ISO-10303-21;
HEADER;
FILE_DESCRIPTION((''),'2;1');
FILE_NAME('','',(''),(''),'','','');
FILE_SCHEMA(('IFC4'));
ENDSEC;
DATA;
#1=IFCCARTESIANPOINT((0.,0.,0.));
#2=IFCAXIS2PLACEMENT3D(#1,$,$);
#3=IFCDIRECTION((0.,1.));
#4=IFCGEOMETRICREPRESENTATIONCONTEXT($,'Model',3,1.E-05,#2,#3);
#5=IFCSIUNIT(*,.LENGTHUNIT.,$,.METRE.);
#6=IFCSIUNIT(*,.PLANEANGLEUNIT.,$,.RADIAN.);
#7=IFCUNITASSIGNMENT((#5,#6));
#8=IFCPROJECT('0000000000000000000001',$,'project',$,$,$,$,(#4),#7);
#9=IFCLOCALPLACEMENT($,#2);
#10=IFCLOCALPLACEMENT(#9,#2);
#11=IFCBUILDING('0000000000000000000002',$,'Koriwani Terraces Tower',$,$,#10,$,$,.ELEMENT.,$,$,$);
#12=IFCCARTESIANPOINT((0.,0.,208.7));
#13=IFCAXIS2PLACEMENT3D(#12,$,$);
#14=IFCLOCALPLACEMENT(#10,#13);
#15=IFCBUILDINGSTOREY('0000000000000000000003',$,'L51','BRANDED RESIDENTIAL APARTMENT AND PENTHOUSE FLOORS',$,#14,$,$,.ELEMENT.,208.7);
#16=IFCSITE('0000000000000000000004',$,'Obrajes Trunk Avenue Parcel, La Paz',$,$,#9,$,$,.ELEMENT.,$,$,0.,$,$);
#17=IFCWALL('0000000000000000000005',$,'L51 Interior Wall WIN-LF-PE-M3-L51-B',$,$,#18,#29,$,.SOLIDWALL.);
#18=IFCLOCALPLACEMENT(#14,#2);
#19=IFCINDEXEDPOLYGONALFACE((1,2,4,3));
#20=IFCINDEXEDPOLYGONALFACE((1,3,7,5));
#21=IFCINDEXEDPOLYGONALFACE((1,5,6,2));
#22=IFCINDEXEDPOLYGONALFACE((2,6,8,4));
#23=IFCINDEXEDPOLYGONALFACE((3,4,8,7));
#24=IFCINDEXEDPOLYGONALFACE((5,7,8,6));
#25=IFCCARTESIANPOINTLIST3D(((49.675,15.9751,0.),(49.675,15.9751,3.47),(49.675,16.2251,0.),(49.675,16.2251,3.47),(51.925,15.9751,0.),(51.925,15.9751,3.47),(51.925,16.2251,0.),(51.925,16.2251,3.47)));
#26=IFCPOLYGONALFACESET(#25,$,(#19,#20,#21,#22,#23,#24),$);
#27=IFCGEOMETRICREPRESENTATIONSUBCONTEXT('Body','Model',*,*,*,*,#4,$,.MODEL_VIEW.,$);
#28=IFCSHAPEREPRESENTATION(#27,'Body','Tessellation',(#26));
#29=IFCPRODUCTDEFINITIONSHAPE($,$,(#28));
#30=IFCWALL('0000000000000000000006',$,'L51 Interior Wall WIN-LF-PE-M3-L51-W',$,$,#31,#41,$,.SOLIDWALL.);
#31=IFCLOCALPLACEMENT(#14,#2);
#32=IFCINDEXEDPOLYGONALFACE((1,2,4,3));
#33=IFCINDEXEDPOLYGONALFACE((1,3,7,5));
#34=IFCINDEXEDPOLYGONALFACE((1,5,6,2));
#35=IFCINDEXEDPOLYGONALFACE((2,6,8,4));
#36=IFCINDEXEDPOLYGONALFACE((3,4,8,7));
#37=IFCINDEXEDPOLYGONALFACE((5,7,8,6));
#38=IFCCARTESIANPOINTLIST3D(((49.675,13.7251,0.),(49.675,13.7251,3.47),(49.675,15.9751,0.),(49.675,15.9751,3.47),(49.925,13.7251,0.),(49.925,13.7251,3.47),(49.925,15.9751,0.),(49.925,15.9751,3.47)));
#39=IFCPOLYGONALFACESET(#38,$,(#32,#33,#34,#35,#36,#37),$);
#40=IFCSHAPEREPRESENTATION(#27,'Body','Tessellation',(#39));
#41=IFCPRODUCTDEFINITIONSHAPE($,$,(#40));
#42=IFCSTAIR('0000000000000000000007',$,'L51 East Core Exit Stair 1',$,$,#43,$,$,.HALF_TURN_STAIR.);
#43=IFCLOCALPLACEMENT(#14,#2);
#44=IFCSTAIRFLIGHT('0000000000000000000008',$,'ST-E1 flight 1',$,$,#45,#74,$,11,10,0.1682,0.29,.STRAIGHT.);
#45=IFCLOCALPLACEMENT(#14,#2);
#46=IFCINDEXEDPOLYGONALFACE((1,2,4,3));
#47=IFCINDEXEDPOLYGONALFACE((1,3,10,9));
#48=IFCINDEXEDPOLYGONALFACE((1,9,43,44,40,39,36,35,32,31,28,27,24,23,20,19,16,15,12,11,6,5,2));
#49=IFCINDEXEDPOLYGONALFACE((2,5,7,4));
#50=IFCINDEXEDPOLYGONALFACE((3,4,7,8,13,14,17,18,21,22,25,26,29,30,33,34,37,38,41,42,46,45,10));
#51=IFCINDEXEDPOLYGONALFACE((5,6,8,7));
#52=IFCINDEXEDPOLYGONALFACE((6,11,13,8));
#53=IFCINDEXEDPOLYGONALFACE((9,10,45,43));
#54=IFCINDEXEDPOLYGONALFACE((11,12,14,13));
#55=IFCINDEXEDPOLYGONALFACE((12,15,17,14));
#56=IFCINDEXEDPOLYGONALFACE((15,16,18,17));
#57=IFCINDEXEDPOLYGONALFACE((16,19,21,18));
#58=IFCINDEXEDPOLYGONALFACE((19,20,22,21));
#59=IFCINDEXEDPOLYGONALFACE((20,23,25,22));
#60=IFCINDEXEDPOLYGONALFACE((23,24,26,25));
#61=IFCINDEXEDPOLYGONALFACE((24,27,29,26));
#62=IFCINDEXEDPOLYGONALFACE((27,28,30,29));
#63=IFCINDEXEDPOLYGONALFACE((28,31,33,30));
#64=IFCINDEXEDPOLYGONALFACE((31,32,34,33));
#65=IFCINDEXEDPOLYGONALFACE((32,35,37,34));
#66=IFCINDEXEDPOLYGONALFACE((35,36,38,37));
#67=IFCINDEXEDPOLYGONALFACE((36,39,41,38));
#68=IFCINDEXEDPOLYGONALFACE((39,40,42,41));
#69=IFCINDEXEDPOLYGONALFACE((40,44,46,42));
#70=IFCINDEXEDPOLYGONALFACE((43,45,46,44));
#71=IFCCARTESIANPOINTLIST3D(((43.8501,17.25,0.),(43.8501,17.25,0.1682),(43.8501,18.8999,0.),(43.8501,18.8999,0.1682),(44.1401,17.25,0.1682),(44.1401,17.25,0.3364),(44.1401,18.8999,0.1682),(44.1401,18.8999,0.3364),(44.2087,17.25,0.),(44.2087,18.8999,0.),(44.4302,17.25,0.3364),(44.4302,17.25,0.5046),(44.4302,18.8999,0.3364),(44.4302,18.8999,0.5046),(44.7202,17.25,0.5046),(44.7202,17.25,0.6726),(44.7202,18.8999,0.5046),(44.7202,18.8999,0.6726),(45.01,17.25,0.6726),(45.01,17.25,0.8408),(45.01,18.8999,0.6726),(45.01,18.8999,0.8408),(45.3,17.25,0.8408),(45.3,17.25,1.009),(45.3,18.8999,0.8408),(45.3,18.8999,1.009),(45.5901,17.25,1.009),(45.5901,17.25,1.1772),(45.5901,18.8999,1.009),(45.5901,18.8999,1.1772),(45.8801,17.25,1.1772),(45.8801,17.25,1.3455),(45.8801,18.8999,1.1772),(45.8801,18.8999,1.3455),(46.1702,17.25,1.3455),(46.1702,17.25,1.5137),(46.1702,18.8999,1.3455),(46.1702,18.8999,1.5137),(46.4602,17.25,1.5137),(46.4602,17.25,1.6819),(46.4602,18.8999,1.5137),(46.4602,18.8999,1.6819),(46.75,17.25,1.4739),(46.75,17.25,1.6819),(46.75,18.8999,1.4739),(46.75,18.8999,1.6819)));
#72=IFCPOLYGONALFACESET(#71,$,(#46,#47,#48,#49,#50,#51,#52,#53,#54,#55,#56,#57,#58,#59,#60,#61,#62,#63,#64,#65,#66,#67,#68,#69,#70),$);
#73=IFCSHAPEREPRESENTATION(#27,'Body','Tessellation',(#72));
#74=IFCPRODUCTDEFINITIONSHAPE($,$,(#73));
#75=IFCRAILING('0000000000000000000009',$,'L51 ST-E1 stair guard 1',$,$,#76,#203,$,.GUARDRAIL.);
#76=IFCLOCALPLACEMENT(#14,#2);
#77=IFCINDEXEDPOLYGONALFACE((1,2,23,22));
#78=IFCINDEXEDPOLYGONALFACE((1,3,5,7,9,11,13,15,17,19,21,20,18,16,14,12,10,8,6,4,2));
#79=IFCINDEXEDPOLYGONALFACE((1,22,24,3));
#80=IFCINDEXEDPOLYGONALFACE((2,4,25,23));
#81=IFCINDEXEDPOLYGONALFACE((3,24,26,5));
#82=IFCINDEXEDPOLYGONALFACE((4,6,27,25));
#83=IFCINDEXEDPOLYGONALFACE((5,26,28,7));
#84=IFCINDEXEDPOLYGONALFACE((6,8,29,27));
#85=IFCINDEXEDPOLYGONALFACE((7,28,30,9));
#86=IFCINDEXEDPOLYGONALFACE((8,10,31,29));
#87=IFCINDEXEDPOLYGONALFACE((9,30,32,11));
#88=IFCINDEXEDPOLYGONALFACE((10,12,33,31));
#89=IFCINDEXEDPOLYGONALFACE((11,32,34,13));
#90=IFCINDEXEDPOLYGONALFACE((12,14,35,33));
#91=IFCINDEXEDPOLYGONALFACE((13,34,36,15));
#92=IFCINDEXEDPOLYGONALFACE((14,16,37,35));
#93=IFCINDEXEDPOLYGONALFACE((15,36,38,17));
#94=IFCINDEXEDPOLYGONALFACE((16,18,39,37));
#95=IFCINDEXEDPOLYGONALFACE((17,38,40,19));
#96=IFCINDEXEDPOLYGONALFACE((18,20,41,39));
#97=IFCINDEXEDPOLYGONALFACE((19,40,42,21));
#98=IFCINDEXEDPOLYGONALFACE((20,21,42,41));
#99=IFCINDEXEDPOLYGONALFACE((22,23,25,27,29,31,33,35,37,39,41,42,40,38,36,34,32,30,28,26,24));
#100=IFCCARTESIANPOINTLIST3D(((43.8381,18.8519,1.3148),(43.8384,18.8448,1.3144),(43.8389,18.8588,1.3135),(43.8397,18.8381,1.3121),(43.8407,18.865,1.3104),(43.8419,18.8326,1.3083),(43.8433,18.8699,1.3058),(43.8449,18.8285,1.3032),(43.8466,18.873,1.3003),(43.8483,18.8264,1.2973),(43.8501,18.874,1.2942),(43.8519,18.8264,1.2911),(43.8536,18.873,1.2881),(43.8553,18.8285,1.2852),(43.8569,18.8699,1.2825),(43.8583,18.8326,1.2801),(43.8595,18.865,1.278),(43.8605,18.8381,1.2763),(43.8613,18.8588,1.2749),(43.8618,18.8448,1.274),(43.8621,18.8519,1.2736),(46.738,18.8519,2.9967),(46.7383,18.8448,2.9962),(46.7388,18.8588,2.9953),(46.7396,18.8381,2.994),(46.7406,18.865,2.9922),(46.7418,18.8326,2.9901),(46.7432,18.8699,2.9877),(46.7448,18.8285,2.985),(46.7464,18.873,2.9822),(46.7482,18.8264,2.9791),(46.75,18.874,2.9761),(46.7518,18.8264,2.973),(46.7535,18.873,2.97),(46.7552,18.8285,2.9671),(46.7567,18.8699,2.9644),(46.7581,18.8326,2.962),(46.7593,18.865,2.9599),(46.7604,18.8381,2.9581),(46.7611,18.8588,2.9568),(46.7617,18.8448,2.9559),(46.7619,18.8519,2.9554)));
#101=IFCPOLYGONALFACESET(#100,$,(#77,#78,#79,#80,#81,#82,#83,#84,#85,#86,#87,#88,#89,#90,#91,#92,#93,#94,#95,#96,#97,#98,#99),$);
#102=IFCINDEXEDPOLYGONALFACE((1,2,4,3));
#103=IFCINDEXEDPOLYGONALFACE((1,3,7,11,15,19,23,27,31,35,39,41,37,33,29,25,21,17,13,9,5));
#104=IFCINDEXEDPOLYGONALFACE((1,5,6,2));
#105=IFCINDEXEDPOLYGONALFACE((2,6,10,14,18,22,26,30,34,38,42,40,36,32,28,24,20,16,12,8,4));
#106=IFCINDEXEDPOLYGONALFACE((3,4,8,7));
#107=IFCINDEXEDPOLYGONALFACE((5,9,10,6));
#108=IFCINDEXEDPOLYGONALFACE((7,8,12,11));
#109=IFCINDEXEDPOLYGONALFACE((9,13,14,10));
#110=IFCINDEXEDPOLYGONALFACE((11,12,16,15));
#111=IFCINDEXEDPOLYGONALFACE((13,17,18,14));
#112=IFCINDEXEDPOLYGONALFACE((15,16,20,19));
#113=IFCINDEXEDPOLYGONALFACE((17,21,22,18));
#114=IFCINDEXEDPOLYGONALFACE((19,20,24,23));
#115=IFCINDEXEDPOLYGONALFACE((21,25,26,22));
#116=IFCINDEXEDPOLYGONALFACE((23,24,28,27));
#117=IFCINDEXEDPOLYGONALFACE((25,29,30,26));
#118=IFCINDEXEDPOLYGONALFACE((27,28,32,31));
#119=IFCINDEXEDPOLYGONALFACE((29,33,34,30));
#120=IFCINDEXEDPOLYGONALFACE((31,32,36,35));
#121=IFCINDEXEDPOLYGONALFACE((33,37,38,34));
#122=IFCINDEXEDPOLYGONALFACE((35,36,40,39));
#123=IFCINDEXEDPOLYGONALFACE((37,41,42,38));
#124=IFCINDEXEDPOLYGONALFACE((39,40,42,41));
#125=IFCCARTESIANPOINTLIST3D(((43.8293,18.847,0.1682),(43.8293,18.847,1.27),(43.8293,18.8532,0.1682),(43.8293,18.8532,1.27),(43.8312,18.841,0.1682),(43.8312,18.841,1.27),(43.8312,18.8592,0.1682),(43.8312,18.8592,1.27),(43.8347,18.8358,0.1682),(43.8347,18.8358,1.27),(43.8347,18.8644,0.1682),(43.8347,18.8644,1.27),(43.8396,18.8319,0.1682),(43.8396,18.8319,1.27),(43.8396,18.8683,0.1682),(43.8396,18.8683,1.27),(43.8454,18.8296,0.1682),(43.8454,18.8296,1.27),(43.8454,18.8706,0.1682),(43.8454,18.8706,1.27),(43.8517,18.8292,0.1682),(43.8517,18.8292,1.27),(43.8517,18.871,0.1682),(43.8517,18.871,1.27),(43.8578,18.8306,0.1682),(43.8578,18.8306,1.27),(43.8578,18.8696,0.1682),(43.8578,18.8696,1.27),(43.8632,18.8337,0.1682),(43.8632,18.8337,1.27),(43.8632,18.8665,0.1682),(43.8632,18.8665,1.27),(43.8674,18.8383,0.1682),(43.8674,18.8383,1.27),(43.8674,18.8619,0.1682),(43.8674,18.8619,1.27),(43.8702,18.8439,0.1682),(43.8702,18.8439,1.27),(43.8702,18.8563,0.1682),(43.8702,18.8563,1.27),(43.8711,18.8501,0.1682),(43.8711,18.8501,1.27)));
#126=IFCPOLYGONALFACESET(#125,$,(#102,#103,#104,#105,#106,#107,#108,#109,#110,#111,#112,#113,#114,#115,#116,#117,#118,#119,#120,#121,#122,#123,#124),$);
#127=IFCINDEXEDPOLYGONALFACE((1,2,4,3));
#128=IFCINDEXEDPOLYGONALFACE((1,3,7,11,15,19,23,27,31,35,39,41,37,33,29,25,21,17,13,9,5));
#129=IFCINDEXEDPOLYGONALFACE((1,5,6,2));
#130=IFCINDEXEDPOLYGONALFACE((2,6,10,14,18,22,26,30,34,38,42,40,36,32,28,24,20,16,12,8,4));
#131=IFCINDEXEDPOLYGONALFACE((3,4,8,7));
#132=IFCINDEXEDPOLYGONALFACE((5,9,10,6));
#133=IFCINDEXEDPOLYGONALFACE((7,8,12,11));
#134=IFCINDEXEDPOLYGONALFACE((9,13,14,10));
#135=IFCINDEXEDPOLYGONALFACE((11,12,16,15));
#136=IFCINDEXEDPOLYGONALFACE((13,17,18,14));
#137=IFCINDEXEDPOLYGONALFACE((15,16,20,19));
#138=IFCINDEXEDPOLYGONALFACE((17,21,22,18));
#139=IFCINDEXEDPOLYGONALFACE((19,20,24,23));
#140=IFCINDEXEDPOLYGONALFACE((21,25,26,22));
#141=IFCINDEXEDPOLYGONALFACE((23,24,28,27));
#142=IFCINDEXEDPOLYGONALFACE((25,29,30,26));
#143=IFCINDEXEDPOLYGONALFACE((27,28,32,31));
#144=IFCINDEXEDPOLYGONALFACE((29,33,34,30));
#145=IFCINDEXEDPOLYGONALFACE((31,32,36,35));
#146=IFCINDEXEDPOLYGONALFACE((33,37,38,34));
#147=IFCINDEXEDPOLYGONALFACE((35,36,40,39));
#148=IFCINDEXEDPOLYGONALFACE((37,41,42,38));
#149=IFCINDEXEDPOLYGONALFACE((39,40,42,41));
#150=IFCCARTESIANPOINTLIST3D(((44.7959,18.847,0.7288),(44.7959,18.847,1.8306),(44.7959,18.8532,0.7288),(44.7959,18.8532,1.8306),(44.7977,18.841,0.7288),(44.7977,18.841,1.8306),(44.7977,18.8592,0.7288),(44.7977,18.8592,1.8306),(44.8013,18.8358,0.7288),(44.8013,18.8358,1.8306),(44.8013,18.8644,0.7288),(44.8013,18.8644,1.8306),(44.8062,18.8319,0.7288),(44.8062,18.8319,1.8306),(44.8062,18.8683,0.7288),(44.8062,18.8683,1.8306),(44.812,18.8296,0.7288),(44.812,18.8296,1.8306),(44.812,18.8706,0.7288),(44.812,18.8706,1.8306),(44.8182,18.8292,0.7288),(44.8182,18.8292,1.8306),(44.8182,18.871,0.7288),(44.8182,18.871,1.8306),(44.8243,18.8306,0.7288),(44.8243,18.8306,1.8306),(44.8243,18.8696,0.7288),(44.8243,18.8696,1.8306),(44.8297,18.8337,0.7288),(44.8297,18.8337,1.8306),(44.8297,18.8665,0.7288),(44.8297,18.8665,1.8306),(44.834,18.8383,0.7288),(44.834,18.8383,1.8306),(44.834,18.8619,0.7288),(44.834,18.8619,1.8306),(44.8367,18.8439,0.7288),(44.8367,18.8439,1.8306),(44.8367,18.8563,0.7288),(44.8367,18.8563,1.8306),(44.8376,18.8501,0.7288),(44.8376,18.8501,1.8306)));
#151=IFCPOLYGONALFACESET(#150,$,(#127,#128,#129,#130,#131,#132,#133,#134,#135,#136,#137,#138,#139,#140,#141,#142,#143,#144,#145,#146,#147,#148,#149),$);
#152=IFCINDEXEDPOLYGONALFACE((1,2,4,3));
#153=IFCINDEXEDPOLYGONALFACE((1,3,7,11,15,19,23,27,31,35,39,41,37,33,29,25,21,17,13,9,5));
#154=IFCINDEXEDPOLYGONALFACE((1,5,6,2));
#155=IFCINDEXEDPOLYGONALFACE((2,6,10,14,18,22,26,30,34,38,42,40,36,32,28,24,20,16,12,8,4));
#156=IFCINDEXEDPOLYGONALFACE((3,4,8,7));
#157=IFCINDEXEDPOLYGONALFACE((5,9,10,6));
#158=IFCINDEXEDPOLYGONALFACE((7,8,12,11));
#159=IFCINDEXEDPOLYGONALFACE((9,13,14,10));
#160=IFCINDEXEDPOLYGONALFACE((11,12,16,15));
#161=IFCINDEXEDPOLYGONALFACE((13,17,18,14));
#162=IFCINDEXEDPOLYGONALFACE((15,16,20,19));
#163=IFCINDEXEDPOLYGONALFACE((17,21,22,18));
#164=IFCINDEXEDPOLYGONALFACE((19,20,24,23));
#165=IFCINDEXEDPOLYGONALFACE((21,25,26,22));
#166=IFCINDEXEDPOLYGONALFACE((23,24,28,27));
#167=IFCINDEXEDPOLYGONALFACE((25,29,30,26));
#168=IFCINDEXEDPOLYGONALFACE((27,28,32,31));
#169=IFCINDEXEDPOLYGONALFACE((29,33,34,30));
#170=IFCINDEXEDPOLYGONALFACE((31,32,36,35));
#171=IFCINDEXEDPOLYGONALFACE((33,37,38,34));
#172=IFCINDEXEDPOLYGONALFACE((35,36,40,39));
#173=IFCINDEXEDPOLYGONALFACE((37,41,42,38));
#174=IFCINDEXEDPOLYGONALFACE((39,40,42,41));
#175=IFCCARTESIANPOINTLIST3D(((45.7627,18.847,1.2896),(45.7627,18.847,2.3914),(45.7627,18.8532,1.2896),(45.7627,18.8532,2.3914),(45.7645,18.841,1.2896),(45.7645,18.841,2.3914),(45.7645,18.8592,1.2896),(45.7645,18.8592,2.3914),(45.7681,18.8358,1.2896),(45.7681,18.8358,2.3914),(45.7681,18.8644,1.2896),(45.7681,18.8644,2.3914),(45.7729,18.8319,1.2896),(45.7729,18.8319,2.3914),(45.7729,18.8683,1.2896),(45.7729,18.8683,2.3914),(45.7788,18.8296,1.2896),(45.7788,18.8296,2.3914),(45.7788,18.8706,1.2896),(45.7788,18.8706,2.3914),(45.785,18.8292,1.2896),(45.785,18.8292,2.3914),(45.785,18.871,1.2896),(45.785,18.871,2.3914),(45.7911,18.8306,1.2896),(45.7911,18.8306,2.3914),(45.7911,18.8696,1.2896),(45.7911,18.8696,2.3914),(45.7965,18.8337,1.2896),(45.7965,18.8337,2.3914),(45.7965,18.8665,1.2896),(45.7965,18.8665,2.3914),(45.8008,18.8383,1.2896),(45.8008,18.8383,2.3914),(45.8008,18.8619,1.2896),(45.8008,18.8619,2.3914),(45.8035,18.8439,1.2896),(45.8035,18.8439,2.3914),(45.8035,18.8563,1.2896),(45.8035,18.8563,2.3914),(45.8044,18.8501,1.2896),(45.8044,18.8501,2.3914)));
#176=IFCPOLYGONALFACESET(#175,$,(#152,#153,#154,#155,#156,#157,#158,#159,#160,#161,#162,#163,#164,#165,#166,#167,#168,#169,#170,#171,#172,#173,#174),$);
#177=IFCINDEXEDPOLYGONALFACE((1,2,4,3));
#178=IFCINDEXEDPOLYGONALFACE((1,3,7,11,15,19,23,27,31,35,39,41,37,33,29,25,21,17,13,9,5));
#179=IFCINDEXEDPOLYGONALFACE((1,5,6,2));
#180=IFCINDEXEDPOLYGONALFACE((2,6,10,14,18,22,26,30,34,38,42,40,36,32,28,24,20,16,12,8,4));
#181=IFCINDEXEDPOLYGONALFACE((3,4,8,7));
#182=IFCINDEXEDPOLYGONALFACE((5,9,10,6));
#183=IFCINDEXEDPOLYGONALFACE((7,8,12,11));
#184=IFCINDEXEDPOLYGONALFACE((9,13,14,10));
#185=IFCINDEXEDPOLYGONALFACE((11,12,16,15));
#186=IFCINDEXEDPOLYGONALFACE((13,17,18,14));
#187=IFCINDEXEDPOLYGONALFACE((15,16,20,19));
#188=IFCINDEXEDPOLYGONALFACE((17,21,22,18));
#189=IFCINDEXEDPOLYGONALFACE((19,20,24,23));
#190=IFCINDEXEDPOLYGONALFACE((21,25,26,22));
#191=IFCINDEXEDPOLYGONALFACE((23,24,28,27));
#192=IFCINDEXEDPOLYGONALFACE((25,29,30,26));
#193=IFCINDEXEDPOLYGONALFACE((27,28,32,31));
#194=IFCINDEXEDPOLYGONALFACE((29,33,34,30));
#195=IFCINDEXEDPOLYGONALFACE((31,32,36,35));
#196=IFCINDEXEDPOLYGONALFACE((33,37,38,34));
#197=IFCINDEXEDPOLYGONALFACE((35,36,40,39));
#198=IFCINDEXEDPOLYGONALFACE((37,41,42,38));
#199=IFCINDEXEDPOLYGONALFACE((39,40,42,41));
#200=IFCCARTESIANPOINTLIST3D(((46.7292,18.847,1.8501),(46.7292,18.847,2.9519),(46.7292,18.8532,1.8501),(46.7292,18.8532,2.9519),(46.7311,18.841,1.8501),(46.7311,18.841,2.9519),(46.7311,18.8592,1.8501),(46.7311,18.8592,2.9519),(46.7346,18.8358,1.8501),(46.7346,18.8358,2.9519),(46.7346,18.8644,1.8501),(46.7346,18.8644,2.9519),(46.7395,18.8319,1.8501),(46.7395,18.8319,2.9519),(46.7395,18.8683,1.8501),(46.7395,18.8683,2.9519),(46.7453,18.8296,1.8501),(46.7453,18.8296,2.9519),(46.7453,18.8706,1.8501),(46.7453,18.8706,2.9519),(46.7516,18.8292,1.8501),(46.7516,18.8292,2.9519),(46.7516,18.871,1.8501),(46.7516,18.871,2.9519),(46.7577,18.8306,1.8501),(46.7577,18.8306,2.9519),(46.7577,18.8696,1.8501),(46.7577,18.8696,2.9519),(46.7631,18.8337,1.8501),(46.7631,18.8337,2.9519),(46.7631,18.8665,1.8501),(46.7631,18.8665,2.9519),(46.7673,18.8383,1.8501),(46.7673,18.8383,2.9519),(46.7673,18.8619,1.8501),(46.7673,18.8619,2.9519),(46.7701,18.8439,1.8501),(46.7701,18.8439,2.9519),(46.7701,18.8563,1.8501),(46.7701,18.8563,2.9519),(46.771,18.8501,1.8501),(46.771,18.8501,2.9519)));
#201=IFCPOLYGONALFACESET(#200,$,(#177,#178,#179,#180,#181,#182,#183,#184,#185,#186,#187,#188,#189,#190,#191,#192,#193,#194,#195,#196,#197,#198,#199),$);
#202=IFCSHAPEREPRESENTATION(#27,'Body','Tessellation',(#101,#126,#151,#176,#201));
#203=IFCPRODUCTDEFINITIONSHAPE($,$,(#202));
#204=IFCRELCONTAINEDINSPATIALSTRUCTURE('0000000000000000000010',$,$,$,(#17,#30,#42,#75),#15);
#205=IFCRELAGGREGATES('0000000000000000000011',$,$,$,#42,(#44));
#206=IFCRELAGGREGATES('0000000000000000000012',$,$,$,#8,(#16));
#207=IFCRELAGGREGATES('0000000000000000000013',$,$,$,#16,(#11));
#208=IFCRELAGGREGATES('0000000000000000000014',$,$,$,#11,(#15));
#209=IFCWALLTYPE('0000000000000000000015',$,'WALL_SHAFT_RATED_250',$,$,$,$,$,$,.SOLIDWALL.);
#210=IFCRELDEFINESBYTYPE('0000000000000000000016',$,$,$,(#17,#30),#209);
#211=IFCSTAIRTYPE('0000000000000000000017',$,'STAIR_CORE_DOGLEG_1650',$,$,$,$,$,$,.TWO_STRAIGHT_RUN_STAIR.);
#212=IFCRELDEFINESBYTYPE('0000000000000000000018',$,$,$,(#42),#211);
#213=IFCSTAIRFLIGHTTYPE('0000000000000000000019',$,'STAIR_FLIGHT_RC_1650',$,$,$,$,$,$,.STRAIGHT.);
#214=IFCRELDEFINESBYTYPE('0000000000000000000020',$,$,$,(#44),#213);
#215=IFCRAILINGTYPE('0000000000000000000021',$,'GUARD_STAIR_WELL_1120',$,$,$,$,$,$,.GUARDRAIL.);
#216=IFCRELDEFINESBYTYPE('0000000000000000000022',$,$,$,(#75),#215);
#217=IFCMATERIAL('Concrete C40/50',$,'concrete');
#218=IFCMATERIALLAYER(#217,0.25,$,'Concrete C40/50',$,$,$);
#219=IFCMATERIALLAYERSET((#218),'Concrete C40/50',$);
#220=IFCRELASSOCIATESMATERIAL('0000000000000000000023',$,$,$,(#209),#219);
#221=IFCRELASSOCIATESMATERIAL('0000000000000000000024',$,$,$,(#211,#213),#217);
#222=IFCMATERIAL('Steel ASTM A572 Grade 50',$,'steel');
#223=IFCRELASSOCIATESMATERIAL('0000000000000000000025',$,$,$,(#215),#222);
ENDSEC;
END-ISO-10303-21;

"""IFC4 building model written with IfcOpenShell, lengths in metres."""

from ifc_helpers import new_model, si_unit, direction, frame, frame_2d, origin, origin_2d, place, context, subcontext, project, spatial, polyline, rectangle, circle, outline, extrude, material, layer, layer_set, type_object, element, aggregate, save


model = new_model("IFC4")

# Units and contexts
model_context = context("Model", 3, precision=1e-05, world=origin(), true_north=direction((0.0, 1.0)))
body_context = subcontext(model_context, "Body", "Model", "MODEL_VIEW")
ifc_project = project(units=[si_unit("LENGTHUNIT", "METRE"), si_unit("PLANEANGLEUNIT", "RADIAN")], contexts=[model_context])

# Site, building, storey
site_placement = place(None, origin())
site = spatial("IfcSite", under=ifc_project, at=site_placement, Name="Obrajes Trunk Avenue Parcel, La Paz", CompositionType="ELEMENT", RefElevation=0.0)
building_placement = place(site_placement, origin())
building = spatial("IfcBuilding", under=site, at=building_placement, Name="Koriwani Terraces Tower", CompositionType="ELEMENT")
storey_placement = place(building_placement, frame((0.0, 0.0, 208.7)))
storey = spatial("IfcBuildingStorey", under=building, at=storey_placement, Name="L51", Description="BRANDED RESIDENTIAL APARTMENT AND PENTHOUSE FLOORS", CompositionType="ELEMENT", Elevation=208.7)

# Shared definitions
ifc_material_1 = material(Name="Concrete C40/50", Category="concrete")
ifc_material_2 = material(Name="Steel ASTM A572 Grade 50", Category="steel")

# Shared definitions
ifc_layer_1 = layer(ifc_material_1, 0.25, Name="Concrete C40/50")
ifc_layer_set_1 = layer_set([ifc_layer_1], Name="Concrete C40/50")
wall_type_1 = type_object("IfcWallType", Name="WALL_SHAFT_RATED_250", PredefinedType="SOLIDWALL", material=ifc_layer_set_1)

# Walls
for number, where, z_axis, x_axis, name in (
    (1, (49.675, 16.1001, 0.0), (0.0, 0.0, 1.0), (1.0, 0.0, 0.0), "L51 Interior Wall WIN-LF-PE-M3-L51-B"),
    (2, (49.8, 13.7251, 0.0), (0.0, 0.0, 1.0), (0.0, 1.0, 0.0), "L51 Interior Wall WIN-LF-PE-M3-L51-W"),
):
    element("IfcWall", number, at=place(storey_placement, frame(where, z_axis=z_axis, x_axis=x_axis)), inside=storey, type_object=wall_type_1, Name=name, PredefinedType="SOLIDWALL", context=body_context, shape_type="SweptSolid", body=[
        extrude(rectangle(XDim=2.25, YDim=0.25, at=frame_2d((1.125, 0.0))), origin(), (0.0, 0.0, 1.0), 3.47),
    ])

# Stair, stair flight
stair_type = type_object("IfcStairType", Name="STAIR_CORE_DOGLEG_1650", PredefinedType="TWO_STRAIGHT_RUN_STAIR", material=ifc_material_1)
stair_placement = place(storey_placement, origin())
stair = element("IfcStair", 3, at=stair_placement, inside=storey, type_object=stair_type, Name="L51 East Core Exit Stair 1", PredefinedType="HALF_TURN_STAIR")
stair_flight_type = type_object("IfcStairFlightType", Name="STAIR_FLIGHT_RC_1650", PredefinedType="STRAIGHT", material=ifc_material_1)
stair_flight_placement = place(storey_placement, frame((43.8501, 18.075, 0.0), z_axis=(0.0, 0.0, 1.0), x_axis=(1.0, 0.0, 0.0)))
stair_flight = element("IfcStairFlight", 4, at=stair_flight_placement, type_object=stair_flight_type, Name="ST-E1 flight 1", NumberOfRisers=11, NumberOfTreads=10, PredefinedType="STRAIGHT", RiserHeight=0.1682, TreadLength=0.29, context=body_context, shape_type="SweptSolid", body=[
    extrude(outline(polyline([(0.0, 0.0), (0.0, 0.1682), (0.29, 0.1682), (0.29, 0.3364), (0.5801, 0.3364), (0.5801, 0.5046), (0.8701, 0.5046), (0.8701, 0.6726), (1.1599, 0.6726), (1.1599, 0.8408), (1.45, 0.8408), (1.45, 1.009), (1.74, 1.009), (1.74, 1.1772), (2.03, 1.1772), (2.03, 1.3455), (2.3201, 1.3455), (2.3201, 1.5137), (2.6101, 1.5137), (2.6101, 1.6819), (2.8999, 1.6819), (2.8999, 1.8501), (2.8999, 1.4739), (0.3586, 0.0), (0.0, 0.0)])), frame((0.0, 0.825, 0.0), z_axis=(0.0, -1.0, 0.0), x_axis=(1.0, 0.0, 0.0)), (0.0, 0.0, 1.0), 1.6499),
])
aggregate(stair, [stair_flight])

# Railing
railing_type_1 = type_object("IfcRailingType", Name="GUARD_STAIR_WELL_1120", PredefinedType="GUARDRAIL", material=ifc_material_2)
railing_1_placement = place(storey_placement, frame((43.8501, 18.8501, 0.1682)))
element("IfcRailing", 5, at=railing_1_placement, inside=storey, type_object=railing_type_1, Name="L51 ST-E1 stair guard 1", PredefinedType="GUARDRAIL", context=body_context, shape_type="SweptSolid", body=[
    extrude(circle(Radius=0.0239, at=origin_2d()), frame((0.0, 0.0, 1.126), z_axis=(0.865039, 0.0, 0.501705), x_axis=(0.0, 1.0, 0.0)), (0.0, 0.0, 1.0), 3.3523),
    extrude(circle(Radius=0.021, at=origin_2d()), origin(), (0.0, 0.0, 1.0), 1.1018),
    extrude(circle(Radius=0.021, at=origin_2d()), frame((0.9666, 0.0, 0.5605)), (0.0, 0.0, 1.0), 1.1018),
    extrude(circle(Radius=0.021, at=origin_2d()), frame((1.9333, 0.0, 1.1213)), (0.0, 0.0, 1.0), 1.1018),
    extrude(circle(Radius=0.021, at=origin_2d()), frame((2.8999, 0.0, 1.6819)), (0.0, 0.0, 1.0), 1.1018),
])

save(model, "model.ifc")
